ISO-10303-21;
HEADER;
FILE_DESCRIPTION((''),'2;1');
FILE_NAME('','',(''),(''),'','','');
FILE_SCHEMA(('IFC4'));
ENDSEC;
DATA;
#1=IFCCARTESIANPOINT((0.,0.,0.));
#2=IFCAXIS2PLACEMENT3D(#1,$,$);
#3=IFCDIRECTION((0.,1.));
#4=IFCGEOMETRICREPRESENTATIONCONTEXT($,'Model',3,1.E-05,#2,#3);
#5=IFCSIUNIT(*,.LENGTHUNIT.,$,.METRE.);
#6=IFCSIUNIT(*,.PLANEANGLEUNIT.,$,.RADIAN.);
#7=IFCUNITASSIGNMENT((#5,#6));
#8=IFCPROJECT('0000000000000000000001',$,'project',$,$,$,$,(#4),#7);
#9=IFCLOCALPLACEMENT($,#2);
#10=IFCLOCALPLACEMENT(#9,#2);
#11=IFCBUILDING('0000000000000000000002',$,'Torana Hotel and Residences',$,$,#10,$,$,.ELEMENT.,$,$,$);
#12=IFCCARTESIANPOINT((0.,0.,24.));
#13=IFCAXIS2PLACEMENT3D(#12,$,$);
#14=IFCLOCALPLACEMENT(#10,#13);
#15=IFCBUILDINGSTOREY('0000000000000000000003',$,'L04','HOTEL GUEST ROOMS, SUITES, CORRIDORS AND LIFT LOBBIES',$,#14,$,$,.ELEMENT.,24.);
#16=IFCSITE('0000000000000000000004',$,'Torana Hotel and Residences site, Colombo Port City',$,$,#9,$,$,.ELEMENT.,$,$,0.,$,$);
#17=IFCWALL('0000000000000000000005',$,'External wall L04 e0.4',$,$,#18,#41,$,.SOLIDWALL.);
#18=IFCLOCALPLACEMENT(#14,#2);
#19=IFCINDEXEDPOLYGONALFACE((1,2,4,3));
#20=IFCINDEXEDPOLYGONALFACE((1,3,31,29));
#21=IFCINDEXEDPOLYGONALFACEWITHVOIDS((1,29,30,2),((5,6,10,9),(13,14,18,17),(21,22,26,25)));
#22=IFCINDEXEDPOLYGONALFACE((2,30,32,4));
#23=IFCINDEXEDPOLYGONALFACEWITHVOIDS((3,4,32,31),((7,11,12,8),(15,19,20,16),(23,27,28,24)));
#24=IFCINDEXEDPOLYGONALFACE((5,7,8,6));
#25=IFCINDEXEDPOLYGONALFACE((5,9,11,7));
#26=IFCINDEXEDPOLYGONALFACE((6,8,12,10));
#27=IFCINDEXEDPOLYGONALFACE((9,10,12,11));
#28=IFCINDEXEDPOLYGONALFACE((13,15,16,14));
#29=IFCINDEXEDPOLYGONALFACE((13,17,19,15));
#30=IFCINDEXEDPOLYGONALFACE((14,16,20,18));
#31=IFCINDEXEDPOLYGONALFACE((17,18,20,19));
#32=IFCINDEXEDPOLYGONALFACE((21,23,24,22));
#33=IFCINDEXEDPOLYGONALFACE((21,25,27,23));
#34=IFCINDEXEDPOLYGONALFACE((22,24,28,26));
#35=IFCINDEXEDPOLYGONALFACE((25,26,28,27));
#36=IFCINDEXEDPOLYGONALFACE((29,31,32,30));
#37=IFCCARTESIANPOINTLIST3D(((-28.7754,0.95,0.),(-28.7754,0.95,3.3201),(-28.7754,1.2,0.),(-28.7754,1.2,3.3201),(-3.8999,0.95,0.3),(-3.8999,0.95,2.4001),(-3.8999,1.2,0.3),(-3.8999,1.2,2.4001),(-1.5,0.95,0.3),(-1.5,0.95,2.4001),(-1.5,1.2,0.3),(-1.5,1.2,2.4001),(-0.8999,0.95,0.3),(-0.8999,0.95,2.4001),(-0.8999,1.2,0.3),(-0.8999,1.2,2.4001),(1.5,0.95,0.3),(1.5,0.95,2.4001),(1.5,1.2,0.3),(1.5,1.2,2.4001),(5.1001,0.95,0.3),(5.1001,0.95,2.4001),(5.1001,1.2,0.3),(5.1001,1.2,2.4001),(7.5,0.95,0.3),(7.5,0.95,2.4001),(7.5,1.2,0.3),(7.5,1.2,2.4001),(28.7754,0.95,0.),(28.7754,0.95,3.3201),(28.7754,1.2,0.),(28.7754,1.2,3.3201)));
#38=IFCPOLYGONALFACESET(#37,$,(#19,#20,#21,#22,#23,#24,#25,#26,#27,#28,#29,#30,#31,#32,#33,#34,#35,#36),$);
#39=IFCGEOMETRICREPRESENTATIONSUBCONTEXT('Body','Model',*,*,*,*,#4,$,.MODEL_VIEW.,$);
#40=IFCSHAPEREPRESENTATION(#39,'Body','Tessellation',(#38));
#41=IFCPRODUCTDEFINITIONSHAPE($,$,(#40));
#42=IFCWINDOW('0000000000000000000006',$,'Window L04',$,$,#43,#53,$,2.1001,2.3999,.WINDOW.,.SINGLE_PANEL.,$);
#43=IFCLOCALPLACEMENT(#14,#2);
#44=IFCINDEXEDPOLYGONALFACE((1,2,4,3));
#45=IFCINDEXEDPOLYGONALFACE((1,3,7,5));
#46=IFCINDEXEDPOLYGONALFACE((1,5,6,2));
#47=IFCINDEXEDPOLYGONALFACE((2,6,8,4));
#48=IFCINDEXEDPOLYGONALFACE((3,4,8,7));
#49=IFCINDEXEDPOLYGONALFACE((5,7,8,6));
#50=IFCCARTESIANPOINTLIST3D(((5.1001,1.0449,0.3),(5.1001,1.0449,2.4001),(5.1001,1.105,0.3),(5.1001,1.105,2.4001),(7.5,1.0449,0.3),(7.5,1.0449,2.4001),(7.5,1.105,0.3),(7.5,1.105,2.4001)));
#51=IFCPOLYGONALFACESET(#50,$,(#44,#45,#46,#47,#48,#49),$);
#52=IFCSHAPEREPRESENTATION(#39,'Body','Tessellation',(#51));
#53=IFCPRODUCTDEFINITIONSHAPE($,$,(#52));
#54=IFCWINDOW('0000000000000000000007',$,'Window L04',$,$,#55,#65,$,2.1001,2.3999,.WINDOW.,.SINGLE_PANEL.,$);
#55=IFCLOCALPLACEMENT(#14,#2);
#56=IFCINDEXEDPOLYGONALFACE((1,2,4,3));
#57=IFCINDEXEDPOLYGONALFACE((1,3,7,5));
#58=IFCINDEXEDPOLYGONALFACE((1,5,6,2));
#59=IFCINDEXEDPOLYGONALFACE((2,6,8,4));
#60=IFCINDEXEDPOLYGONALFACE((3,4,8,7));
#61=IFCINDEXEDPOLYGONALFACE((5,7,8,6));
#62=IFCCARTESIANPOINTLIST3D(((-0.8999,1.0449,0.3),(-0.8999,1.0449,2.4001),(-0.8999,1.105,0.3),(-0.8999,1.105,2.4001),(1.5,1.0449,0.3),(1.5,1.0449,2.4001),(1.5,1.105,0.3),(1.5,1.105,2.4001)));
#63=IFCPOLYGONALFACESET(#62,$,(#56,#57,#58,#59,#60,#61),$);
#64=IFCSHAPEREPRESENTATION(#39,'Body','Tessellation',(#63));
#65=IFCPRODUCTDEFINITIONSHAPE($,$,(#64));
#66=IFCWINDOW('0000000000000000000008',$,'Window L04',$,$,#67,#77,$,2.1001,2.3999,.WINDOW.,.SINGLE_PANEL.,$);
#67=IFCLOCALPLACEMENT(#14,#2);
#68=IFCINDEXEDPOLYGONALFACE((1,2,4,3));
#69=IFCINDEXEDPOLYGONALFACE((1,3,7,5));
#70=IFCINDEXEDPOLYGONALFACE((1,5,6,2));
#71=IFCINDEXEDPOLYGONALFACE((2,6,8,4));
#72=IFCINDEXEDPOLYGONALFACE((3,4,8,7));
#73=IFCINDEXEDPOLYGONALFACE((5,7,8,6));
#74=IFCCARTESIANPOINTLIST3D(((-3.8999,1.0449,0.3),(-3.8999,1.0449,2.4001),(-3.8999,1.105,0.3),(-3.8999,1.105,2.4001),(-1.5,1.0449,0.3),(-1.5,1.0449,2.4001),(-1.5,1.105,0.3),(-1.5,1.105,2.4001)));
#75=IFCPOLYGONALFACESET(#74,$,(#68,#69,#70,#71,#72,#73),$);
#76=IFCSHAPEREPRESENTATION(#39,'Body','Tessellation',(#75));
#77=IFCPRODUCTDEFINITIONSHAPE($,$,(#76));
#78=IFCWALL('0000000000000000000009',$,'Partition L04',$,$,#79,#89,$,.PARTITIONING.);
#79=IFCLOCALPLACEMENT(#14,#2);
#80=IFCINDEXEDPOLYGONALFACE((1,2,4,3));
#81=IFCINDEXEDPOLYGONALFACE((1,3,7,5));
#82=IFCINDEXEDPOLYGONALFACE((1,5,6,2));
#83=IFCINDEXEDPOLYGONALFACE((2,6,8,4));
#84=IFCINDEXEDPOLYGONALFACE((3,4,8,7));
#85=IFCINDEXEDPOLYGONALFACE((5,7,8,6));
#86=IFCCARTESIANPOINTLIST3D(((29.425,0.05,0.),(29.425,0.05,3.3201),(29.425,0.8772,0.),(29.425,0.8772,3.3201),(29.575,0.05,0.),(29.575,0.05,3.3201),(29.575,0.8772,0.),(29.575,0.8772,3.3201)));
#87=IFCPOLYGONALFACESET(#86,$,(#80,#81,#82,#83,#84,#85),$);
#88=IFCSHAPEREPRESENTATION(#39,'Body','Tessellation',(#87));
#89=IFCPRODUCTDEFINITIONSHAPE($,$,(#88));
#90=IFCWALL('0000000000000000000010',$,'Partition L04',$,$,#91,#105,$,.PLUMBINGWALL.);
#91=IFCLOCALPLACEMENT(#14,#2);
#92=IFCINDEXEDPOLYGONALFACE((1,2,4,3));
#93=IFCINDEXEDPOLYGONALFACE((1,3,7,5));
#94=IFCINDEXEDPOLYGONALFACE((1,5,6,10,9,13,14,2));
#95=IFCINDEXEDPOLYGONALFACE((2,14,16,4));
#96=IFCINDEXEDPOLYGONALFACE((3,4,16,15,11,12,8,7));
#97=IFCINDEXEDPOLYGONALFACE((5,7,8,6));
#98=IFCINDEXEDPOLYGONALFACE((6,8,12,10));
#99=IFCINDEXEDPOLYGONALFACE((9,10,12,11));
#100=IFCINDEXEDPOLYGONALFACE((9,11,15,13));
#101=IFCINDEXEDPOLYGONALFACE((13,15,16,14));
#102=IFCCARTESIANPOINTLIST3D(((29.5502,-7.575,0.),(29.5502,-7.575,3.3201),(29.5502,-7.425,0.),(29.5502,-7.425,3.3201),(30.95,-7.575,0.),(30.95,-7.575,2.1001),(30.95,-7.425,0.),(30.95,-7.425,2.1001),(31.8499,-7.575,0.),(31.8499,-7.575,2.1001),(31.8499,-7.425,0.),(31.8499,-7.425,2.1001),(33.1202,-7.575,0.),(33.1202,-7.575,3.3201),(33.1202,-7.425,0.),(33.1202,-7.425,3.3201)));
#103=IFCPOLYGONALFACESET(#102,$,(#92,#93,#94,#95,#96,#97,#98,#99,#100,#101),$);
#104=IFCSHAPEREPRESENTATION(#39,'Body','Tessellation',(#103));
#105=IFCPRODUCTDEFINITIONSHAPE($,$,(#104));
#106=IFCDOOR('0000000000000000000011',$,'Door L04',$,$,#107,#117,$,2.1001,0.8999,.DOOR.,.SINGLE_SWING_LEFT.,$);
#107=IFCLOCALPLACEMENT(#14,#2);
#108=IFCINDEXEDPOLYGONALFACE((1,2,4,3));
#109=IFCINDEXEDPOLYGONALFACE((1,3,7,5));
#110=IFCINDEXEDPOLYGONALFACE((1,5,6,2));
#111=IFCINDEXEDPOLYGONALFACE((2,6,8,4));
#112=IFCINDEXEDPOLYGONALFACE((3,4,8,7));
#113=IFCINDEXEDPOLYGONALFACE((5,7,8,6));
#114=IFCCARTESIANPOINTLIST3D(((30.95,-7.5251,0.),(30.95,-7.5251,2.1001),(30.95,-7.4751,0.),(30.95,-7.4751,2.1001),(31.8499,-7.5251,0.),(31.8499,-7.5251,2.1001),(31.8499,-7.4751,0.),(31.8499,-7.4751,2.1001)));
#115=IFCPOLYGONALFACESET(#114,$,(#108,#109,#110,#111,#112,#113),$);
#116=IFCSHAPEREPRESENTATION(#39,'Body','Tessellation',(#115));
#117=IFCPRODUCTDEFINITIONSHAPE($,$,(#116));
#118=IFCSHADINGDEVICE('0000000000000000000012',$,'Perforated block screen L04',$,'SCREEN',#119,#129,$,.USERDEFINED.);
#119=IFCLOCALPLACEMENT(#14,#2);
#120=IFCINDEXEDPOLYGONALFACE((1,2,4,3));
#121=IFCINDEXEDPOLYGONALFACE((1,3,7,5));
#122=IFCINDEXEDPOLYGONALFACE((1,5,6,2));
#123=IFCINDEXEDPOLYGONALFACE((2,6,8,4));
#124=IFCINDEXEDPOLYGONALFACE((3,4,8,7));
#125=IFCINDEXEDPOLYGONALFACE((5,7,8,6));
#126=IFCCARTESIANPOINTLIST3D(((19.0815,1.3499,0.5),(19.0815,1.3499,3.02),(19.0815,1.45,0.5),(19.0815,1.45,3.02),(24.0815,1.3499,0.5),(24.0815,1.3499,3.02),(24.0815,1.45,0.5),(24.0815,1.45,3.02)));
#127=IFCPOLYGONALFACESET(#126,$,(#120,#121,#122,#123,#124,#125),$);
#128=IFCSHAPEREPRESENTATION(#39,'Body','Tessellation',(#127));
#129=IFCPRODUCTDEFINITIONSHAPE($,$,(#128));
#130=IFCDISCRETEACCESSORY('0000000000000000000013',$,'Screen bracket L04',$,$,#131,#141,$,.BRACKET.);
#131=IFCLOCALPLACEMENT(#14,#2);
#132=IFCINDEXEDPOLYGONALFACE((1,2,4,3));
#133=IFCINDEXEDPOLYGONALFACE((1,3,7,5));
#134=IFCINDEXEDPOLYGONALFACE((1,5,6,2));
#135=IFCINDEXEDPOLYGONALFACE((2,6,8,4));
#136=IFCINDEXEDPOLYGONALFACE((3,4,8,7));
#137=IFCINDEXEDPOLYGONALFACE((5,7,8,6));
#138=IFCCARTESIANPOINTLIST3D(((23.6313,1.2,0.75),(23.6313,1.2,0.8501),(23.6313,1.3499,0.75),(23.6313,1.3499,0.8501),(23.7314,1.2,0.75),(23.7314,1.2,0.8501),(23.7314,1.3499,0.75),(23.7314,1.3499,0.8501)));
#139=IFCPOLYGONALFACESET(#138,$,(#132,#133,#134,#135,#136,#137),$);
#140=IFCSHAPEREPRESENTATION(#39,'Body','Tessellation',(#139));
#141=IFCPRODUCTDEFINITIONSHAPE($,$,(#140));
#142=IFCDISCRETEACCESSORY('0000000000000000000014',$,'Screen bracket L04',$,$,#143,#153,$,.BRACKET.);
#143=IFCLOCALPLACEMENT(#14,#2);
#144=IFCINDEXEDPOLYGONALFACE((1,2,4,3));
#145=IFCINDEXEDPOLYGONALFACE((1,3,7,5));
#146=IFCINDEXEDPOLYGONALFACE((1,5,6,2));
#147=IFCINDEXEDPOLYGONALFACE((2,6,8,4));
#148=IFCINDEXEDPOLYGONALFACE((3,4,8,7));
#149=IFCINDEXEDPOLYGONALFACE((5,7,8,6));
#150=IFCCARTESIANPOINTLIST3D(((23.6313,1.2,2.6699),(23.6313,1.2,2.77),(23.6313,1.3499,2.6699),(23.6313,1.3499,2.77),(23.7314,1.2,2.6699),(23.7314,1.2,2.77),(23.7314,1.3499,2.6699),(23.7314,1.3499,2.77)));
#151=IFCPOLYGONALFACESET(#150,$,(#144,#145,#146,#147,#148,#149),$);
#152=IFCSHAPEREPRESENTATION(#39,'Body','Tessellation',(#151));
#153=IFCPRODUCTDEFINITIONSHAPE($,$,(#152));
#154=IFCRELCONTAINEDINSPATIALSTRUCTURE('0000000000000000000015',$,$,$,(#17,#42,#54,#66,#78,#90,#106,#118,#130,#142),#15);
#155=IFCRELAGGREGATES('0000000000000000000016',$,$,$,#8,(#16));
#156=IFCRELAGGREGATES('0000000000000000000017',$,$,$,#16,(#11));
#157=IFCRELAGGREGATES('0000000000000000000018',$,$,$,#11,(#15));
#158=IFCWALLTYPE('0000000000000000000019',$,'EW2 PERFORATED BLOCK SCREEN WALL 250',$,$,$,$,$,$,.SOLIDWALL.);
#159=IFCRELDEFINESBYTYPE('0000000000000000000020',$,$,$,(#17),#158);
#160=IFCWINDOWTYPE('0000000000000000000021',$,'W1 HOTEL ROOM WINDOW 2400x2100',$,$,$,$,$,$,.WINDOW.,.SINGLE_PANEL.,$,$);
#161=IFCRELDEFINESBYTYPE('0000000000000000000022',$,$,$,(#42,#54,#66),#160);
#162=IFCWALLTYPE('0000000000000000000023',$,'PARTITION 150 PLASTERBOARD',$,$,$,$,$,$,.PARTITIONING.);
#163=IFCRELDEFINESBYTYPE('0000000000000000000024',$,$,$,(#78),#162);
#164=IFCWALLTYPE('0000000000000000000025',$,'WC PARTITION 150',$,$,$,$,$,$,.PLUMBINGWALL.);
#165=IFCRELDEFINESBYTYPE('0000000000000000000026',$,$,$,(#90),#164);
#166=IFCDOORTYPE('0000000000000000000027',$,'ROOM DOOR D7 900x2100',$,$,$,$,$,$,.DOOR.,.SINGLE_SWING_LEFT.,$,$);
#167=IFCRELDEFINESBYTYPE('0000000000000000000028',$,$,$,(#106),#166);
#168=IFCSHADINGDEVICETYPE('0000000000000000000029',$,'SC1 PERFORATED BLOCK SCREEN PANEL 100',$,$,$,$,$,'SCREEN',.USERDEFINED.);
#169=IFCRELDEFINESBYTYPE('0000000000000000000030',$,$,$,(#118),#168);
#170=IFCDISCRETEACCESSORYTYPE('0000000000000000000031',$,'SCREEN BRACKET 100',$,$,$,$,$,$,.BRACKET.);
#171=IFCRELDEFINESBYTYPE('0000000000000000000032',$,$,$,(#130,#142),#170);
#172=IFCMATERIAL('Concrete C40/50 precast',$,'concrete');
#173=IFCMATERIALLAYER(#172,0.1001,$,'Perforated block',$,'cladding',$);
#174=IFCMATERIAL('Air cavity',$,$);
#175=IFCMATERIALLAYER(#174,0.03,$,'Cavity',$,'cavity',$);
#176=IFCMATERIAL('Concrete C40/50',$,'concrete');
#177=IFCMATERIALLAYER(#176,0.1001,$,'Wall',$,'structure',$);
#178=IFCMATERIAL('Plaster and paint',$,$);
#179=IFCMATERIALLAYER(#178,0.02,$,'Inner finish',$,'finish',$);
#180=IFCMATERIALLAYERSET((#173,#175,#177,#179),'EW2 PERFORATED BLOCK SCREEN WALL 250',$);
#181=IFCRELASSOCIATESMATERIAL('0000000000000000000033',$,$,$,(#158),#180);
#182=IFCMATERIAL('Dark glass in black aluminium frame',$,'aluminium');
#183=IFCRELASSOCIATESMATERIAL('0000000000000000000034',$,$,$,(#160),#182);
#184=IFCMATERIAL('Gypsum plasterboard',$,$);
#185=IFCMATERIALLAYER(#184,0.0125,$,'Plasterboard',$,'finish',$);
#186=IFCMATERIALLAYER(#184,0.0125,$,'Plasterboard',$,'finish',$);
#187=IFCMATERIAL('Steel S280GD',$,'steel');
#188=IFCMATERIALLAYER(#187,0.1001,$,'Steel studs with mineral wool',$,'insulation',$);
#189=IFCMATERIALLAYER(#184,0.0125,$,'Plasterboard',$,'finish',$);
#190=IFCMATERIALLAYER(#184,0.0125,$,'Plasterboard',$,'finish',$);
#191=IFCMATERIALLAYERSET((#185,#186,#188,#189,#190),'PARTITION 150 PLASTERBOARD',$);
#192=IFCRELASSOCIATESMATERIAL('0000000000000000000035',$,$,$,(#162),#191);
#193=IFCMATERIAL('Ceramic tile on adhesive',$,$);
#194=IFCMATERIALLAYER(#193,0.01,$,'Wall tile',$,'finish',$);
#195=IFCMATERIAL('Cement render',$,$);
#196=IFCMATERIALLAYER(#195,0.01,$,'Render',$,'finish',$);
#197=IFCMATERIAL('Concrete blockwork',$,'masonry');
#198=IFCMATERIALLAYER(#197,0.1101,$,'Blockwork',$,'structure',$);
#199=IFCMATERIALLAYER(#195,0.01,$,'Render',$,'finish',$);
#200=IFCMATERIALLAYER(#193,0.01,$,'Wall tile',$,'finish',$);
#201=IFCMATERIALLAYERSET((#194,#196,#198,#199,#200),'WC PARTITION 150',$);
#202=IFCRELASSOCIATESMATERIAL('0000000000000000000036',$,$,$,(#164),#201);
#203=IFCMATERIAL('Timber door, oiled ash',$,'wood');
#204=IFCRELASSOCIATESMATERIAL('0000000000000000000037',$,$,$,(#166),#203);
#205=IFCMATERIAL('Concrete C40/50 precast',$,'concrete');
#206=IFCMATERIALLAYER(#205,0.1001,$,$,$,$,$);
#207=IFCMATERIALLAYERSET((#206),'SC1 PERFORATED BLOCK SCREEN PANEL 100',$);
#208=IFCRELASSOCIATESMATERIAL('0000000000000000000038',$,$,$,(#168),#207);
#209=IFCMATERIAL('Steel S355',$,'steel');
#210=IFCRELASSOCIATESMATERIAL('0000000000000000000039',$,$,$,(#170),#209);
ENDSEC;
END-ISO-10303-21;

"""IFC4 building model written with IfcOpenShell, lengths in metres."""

from ifc_helpers import new_model, si_unit, direction, frame, frame_2d, origin, origin_2d, place, context, subcontext, project, spatial, rectangle, extrude, material, layer, layer_set, type_object, element, fill, save


model = new_model("IFC4")

# Units and contexts
model_context = context("Model", 3, precision=1e-05, world=origin(), true_north=direction((0.0, 1.0)))
body_context = subcontext(model_context, "Body", "Model", "MODEL_VIEW")
ifc_project = project(units=[si_unit("LENGTHUNIT", "METRE"), si_unit("PLANEANGLEUNIT", "RADIAN")], contexts=[model_context])

# Site, building, storey
site_placement = place(None, origin())
site = spatial("IfcSite", under=ifc_project, at=site_placement, Name="Torana Hotel and Residences site, Colombo Port City", CompositionType="ELEMENT", RefElevation=0.0)
building_placement = place(site_placement, origin())
building = spatial("IfcBuilding", under=site, at=building_placement, Name="Torana Hotel and Residences", CompositionType="ELEMENT")
storey_placement = place(building_placement, frame((0.0, 0.0, 24.0)))
storey = spatial("IfcBuildingStorey", under=building, at=storey_placement, Name="L04", Description="HOTEL GUEST ROOMS, SUITES, CORRIDORS AND LIFT LOBBIES", CompositionType="ELEMENT", Elevation=24.0)

# Shared definitions
ifc_material_1 = material(Name="Steel S280GD", Category="steel")

# Wall, openings, windows
ifc_material_2 = material(Name="Concrete C40/50 precast", Category="concrete")
ifc_layer_1 = layer(ifc_material_2, 0.1001, Name="Perforated block", Category="cladding")
ifc_material_3 = material(Name="Air cavity")
ifc_layer_2 = layer(ifc_material_3, 0.03, Name="Cavity", Category="cavity")
ifc_material_4 = material(Name="Concrete C40/50", Category="concrete")
ifc_layer_3 = layer(ifc_material_4, 0.1001, Name="Wall", Category="structure")
ifc_material_5 = material(Name="Plaster and paint")
ifc_layer_4 = layer(ifc_material_5, 0.02, Name="Inner finish", Category="finish")
ifc_layer_set_1 = layer_set([ifc_layer_1, ifc_layer_2, ifc_layer_3, ifc_layer_4], Name="EW2 PERFORATED BLOCK SCREEN WALL 250")
wall_type_1 = type_object("IfcWallType", Name="EW2 PERFORATED BLOCK SCREEN WALL 250", PredefinedType="SOLIDWALL", material=ifc_layer_set_1)
wall_1_placement = place(storey_placement, frame((28.7754, 1.075, 0.0), z_axis=(0.0, 0.0, 1.0), x_axis=(-1.0, 0.0, 0.0)))
wall_1 = element("IfcWall", 1, at=wall_1_placement, inside=storey, type_object=wall_type_1, Name="External wall L04 e0.4", PredefinedType="SOLIDWALL", context=body_context, shape_type="SweptSolid", body=[
    extrude(rectangle(XDim=57.5508, YDim=0.25, at=frame_2d((28.7754, 0.0))), origin(), (0.0, 0.0, 1.0), 3.3201),
])
opening_1_placement = place(wall_1_placement, frame((21.2754, 0.0, 0.3)))
opening_1 = element("IfcOpeningElement", 2, at=opening_1_placement, cuts=wall_1, PredefinedType="OPENING", context=body_context, shape_type="SweptSolid", body=[
    extrude(rectangle(XDim=2.3999, YDim=2.1001, at=frame_2d((1.2, 1.05))), frame((0.0, 0.135, 0.0), z_axis=(0.0, -1.0, 0.0), x_axis=(1.0, 0.0, 0.0)), (0.0, 0.0, 1.0), 0.27),
])
opening_2_placement = place(wall_1_placement, frame((27.2754, 0.0, 0.3)))
opening_2 = element("IfcOpeningElement", 3, at=opening_2_placement, cuts=wall_1, PredefinedType="OPENING", context=body_context, shape_type="SweptSolid", body=[
    extrude(rectangle(XDim=2.3999, YDim=2.1001, at=frame_2d((1.2, 1.05))), frame((0.0, 0.135, 0.0), z_axis=(0.0, -1.0, 0.0), x_axis=(1.0, 0.0, 0.0)), (0.0, 0.0, 1.0), 0.27),
])
opening_3_placement = place(wall_1_placement, frame((30.2754, 0.0, 0.3)))
opening_3 = element("IfcOpeningElement", 4, at=opening_3_placement, cuts=wall_1, PredefinedType="OPENING", context=body_context, shape_type="SweptSolid", body=[
    extrude(rectangle(XDim=2.3999, YDim=2.1001, at=frame_2d((1.2, 1.05))), frame((0.0, 0.135, 0.0), z_axis=(0.0, -1.0, 0.0), x_axis=(1.0, 0.0, 0.0)), (0.0, 0.0, 1.0), 0.27),
])
ifc_material_6 = material(Name="Dark glass in black aluminium frame", Category="aluminium")
window_type = type_object("IfcWindowType", Name="W1 HOTEL ROOM WINDOW 2400x2100", PartitioningType="SINGLE_PANEL", PredefinedType="WINDOW", material=ifc_material_6)
window_1_placement = place(opening_1_placement, origin())
window_1 = element("IfcWindow", 5, at=window_1_placement, inside=storey, type_object=window_type, Name="Window L04", OverallHeight=2.1001, OverallWidth=2.3999, PartitioningType="SINGLE_PANEL", PredefinedType="WINDOW", context=body_context, shape_type="SweptSolid", body=[
    extrude(rectangle(XDim=2.3999, YDim=2.1001, at=frame_2d((1.2, 1.05))), frame((0.0, 0.03, 0.0), z_axis=(0.0, -1.0, 0.0), x_axis=(1.0, 0.0, 0.0)), (0.0, 0.0, 1.0), 0.0601),
])
fill(opening_1, window_1)
window_2_placement = place(opening_2_placement, origin())
window_2 = element("IfcWindow", 6, at=window_2_placement, inside=storey, type_object=window_type, Name="Window L04", OverallHeight=2.1001, OverallWidth=2.3999, PartitioningType="SINGLE_PANEL", PredefinedType="WINDOW", context=body_context, shape_type="SweptSolid", body=[
    extrude(rectangle(XDim=2.3999, YDim=2.1001, at=frame_2d((1.2, 1.05))), frame((0.0, 0.03, 0.0), z_axis=(0.0, -1.0, 0.0), x_axis=(1.0, 0.0, 0.0)), (0.0, 0.0, 1.0), 0.0601),
])
fill(opening_2, window_2)
window_3_placement = place(opening_3_placement, origin())
window_3 = element("IfcWindow", 7, at=window_3_placement, inside=storey, type_object=window_type, Name="Window L04", OverallHeight=2.1001, OverallWidth=2.3999, PartitioningType="SINGLE_PANEL", PredefinedType="WINDOW", context=body_context, shape_type="SweptSolid", body=[
    extrude(rectangle(XDim=2.3999, YDim=2.1001, at=frame_2d((1.2, 1.05))), frame((0.0, 0.03, 0.0), z_axis=(0.0, -1.0, 0.0), x_axis=(1.0, 0.0, 0.0)), (0.0, 0.0, 1.0), 0.0601),
])
fill(opening_3, window_3)

# Wall
ifc_material_7 = material(Name="Gypsum plasterboard")
ifc_layer_5 = layer(ifc_material_7, 0.0125, Name="Plasterboard", Category="finish")
ifc_layer_6 = layer(ifc_material_7, 0.0125, Name="Plasterboard", Category="finish")
ifc_layer_7 = layer(ifc_material_1, 0.1001, Name="Steel studs with mineral wool", Category="insulation")
ifc_layer_8 = layer(ifc_material_7, 0.0125, Name="Plasterboard", Category="finish")
ifc_layer_9 = layer(ifc_material_7, 0.0125, Name="Plasterboard", Category="finish")
ifc_layer_set_2 = layer_set([ifc_layer_5, ifc_layer_6, ifc_layer_7, ifc_layer_8, ifc_layer_9], Name="PARTITION 150 PLASTERBOARD")
wall_type_2 = type_object("IfcWallType", Name="PARTITION 150 PLASTERBOARD", PredefinedType="PARTITIONING", material=ifc_layer_set_2)
wall_2_placement = place(storey_placement, frame((29.5, 0.05, 0.0), z_axis=(0.0, 0.0, 1.0), x_axis=(0.0, 1.0, 0.0)))
element("IfcWall", 8, at=wall_2_placement, inside=storey, type_object=wall_type_2, Name="Partition L04", PredefinedType="PARTITIONING", context=body_context, shape_type="SweptSolid", body=[
    extrude(rectangle(XDim=0.8271, YDim=0.1499, at=frame_2d((0.4136, 0.0))), origin(), (0.0, 0.0, 1.0), 3.3201),
])

# Wall, opening, door
ifc_material_8 = material(Name="Ceramic tile on adhesive")
ifc_layer_10 = layer(ifc_material_8, 0.01, Name="Wall tile", Category="finish")
ifc_material_9 = material(Name="Cement render")
ifc_layer_11 = layer(ifc_material_9, 0.01, Name="Render", Category="finish")
ifc_material_10 = material(Name="Concrete blockwork", Category="masonry")
ifc_layer_12 = layer(ifc_material_10, 0.1101, Name="Blockwork", Category="structure")
ifc_layer_13 = layer(ifc_material_9, 0.01, Name="Render", Category="finish")
ifc_layer_14 = layer(ifc_material_8, 0.01, Name="Wall tile", Category="finish")
ifc_layer_set_3 = layer_set([ifc_layer_10, ifc_layer_11, ifc_layer_12, ifc_layer_13, ifc_layer_14], Name="WC PARTITION 150")
wall_type_3 = type_object("IfcWallType", Name="WC PARTITION 150", PredefinedType="PLUMBINGWALL", material=ifc_layer_set_3)
wall_3_placement = place(storey_placement, frame((29.55, -7.5, 0.0), z_axis=(0.0, 0.0, 1.0), x_axis=(1.0, 0.0, 0.0)))
wall_3 = element("IfcWall", 9, at=wall_3_placement, inside=storey, type_object=wall_type_3, Name="Partition L04", PredefinedType="PLUMBINGWALL", context=body_context, shape_type="SweptSolid", body=[
    extrude(rectangle(XDim=3.5701, YDim=0.1499, at=frame_2d((1.7852, 0.0))), origin(), (0.0, 0.0, 1.0), 3.3201),
])
opening_4_placement = place(wall_3_placement, frame((1.3999, 0.0, 0.0)))
opening_4 = element("IfcOpeningElement", 10, at=opening_4_placement, cuts=wall_3, PredefinedType="OPENING", context=body_context, shape_type="SweptSolid", body=[
    extrude(rectangle(XDim=0.8999, YDim=2.1001, at=frame_2d((0.45, 1.05))), frame((0.0, 0.085, 0.0), z_axis=(0.0, -1.0, 0.0), x_axis=(1.0, 0.0, 0.0)), (0.0, 0.0, 1.0), 0.1699),
])
ifc_material_11 = material(Name="Timber door, oiled ash", Category="wood")
door_type = type_object("IfcDoorType", Name="ROOM DOOR D7 900x2100", OperationType="SINGLE_SWING_LEFT", PredefinedType="DOOR", material=ifc_material_11)
door_placement = place(opening_4_placement, origin())
door = element("IfcDoor", 11, at=door_placement, inside=storey, type_object=door_type, Name="Door L04", OperationType="SINGLE_SWING_LEFT", OverallHeight=2.1001, OverallWidth=0.8999, PredefinedType="DOOR", context=body_context, shape_type="SweptSolid", body=[
    extrude(rectangle(XDim=0.8999, YDim=2.1001, at=frame_2d((0.45, 1.05))), frame((0.0, 0.0249, 0.0), z_axis=(0.0, -1.0, 0.0), x_axis=(1.0, 0.0, 0.0)), (0.0, 0.0, 1.0), 0.05),
])
fill(opening_4, door)

# Shading device
ifc_material_12 = material(Name="Concrete C40/50 precast", Category="concrete")
ifc_layer_15 = layer(ifc_material_12, 0.1001)
ifc_layer_set_4 = layer_set([ifc_layer_15], Name="SC1 PERFORATED BLOCK SCREEN PANEL 100")
shading_device_type = type_object("IfcShadingDeviceType", Name="SC1 PERFORATED BLOCK SCREEN PANEL 100", ElementType="SCREEN", PredefinedType="USERDEFINED", material=ifc_layer_set_4)
shading_device_placement = place(storey_placement, frame((21.5815, 1.3999, 0.5), z_axis=(0.0, 0.0, 1.0), x_axis=(-1.0, 0.0, 0.0)))
element("IfcShadingDevice", 12, at=shading_device_placement, inside=storey, type_object=shading_device_type, Name="Perforated block screen L04", ObjectType="SCREEN", PredefinedType="USERDEFINED", context=body_context, shape_type="SweptSolid", body=[
    extrude(rectangle(XDim=5.0, YDim=0.1001, at=origin_2d()), origin(), (0.0, 0.0, 1.0), 2.52),
])

# Discrete accessories
ifc_material_13 = material(Name="Steel S355", Category="steel")
discrete_accessory_type = type_object("IfcDiscreteAccessoryType", Name="SCREEN BRACKET 100", PredefinedType="BRACKET", material=ifc_material_13)
for number, where, z_axis, x_axis, name in (
    (13, (23.6814, 1.2749, 0.75), (0.0, 0.0, 1.0), (-1.0, 0.0, 0.0), "Screen bracket L04"),
    (14, (23.6814, 1.2749, 2.6699), (0.0, 0.0, 1.0), (-1.0, 0.0, 0.0), "Screen bracket L04"),
):
    element("IfcDiscreteAccessory", number, at=place(storey_placement, frame(where, z_axis=z_axis, x_axis=x_axis)), inside=storey, type_object=discrete_accessory_type, Name=name, PredefinedType="BRACKET", context=body_context, shape_type="SweptSolid", body=[
        extrude(rectangle(XDim=0.1001, YDim=0.1499, at=origin_2d()), origin(), (0.0, 0.0, 1.0), 0.1001),
    ])

save(model, "model.ifc")
